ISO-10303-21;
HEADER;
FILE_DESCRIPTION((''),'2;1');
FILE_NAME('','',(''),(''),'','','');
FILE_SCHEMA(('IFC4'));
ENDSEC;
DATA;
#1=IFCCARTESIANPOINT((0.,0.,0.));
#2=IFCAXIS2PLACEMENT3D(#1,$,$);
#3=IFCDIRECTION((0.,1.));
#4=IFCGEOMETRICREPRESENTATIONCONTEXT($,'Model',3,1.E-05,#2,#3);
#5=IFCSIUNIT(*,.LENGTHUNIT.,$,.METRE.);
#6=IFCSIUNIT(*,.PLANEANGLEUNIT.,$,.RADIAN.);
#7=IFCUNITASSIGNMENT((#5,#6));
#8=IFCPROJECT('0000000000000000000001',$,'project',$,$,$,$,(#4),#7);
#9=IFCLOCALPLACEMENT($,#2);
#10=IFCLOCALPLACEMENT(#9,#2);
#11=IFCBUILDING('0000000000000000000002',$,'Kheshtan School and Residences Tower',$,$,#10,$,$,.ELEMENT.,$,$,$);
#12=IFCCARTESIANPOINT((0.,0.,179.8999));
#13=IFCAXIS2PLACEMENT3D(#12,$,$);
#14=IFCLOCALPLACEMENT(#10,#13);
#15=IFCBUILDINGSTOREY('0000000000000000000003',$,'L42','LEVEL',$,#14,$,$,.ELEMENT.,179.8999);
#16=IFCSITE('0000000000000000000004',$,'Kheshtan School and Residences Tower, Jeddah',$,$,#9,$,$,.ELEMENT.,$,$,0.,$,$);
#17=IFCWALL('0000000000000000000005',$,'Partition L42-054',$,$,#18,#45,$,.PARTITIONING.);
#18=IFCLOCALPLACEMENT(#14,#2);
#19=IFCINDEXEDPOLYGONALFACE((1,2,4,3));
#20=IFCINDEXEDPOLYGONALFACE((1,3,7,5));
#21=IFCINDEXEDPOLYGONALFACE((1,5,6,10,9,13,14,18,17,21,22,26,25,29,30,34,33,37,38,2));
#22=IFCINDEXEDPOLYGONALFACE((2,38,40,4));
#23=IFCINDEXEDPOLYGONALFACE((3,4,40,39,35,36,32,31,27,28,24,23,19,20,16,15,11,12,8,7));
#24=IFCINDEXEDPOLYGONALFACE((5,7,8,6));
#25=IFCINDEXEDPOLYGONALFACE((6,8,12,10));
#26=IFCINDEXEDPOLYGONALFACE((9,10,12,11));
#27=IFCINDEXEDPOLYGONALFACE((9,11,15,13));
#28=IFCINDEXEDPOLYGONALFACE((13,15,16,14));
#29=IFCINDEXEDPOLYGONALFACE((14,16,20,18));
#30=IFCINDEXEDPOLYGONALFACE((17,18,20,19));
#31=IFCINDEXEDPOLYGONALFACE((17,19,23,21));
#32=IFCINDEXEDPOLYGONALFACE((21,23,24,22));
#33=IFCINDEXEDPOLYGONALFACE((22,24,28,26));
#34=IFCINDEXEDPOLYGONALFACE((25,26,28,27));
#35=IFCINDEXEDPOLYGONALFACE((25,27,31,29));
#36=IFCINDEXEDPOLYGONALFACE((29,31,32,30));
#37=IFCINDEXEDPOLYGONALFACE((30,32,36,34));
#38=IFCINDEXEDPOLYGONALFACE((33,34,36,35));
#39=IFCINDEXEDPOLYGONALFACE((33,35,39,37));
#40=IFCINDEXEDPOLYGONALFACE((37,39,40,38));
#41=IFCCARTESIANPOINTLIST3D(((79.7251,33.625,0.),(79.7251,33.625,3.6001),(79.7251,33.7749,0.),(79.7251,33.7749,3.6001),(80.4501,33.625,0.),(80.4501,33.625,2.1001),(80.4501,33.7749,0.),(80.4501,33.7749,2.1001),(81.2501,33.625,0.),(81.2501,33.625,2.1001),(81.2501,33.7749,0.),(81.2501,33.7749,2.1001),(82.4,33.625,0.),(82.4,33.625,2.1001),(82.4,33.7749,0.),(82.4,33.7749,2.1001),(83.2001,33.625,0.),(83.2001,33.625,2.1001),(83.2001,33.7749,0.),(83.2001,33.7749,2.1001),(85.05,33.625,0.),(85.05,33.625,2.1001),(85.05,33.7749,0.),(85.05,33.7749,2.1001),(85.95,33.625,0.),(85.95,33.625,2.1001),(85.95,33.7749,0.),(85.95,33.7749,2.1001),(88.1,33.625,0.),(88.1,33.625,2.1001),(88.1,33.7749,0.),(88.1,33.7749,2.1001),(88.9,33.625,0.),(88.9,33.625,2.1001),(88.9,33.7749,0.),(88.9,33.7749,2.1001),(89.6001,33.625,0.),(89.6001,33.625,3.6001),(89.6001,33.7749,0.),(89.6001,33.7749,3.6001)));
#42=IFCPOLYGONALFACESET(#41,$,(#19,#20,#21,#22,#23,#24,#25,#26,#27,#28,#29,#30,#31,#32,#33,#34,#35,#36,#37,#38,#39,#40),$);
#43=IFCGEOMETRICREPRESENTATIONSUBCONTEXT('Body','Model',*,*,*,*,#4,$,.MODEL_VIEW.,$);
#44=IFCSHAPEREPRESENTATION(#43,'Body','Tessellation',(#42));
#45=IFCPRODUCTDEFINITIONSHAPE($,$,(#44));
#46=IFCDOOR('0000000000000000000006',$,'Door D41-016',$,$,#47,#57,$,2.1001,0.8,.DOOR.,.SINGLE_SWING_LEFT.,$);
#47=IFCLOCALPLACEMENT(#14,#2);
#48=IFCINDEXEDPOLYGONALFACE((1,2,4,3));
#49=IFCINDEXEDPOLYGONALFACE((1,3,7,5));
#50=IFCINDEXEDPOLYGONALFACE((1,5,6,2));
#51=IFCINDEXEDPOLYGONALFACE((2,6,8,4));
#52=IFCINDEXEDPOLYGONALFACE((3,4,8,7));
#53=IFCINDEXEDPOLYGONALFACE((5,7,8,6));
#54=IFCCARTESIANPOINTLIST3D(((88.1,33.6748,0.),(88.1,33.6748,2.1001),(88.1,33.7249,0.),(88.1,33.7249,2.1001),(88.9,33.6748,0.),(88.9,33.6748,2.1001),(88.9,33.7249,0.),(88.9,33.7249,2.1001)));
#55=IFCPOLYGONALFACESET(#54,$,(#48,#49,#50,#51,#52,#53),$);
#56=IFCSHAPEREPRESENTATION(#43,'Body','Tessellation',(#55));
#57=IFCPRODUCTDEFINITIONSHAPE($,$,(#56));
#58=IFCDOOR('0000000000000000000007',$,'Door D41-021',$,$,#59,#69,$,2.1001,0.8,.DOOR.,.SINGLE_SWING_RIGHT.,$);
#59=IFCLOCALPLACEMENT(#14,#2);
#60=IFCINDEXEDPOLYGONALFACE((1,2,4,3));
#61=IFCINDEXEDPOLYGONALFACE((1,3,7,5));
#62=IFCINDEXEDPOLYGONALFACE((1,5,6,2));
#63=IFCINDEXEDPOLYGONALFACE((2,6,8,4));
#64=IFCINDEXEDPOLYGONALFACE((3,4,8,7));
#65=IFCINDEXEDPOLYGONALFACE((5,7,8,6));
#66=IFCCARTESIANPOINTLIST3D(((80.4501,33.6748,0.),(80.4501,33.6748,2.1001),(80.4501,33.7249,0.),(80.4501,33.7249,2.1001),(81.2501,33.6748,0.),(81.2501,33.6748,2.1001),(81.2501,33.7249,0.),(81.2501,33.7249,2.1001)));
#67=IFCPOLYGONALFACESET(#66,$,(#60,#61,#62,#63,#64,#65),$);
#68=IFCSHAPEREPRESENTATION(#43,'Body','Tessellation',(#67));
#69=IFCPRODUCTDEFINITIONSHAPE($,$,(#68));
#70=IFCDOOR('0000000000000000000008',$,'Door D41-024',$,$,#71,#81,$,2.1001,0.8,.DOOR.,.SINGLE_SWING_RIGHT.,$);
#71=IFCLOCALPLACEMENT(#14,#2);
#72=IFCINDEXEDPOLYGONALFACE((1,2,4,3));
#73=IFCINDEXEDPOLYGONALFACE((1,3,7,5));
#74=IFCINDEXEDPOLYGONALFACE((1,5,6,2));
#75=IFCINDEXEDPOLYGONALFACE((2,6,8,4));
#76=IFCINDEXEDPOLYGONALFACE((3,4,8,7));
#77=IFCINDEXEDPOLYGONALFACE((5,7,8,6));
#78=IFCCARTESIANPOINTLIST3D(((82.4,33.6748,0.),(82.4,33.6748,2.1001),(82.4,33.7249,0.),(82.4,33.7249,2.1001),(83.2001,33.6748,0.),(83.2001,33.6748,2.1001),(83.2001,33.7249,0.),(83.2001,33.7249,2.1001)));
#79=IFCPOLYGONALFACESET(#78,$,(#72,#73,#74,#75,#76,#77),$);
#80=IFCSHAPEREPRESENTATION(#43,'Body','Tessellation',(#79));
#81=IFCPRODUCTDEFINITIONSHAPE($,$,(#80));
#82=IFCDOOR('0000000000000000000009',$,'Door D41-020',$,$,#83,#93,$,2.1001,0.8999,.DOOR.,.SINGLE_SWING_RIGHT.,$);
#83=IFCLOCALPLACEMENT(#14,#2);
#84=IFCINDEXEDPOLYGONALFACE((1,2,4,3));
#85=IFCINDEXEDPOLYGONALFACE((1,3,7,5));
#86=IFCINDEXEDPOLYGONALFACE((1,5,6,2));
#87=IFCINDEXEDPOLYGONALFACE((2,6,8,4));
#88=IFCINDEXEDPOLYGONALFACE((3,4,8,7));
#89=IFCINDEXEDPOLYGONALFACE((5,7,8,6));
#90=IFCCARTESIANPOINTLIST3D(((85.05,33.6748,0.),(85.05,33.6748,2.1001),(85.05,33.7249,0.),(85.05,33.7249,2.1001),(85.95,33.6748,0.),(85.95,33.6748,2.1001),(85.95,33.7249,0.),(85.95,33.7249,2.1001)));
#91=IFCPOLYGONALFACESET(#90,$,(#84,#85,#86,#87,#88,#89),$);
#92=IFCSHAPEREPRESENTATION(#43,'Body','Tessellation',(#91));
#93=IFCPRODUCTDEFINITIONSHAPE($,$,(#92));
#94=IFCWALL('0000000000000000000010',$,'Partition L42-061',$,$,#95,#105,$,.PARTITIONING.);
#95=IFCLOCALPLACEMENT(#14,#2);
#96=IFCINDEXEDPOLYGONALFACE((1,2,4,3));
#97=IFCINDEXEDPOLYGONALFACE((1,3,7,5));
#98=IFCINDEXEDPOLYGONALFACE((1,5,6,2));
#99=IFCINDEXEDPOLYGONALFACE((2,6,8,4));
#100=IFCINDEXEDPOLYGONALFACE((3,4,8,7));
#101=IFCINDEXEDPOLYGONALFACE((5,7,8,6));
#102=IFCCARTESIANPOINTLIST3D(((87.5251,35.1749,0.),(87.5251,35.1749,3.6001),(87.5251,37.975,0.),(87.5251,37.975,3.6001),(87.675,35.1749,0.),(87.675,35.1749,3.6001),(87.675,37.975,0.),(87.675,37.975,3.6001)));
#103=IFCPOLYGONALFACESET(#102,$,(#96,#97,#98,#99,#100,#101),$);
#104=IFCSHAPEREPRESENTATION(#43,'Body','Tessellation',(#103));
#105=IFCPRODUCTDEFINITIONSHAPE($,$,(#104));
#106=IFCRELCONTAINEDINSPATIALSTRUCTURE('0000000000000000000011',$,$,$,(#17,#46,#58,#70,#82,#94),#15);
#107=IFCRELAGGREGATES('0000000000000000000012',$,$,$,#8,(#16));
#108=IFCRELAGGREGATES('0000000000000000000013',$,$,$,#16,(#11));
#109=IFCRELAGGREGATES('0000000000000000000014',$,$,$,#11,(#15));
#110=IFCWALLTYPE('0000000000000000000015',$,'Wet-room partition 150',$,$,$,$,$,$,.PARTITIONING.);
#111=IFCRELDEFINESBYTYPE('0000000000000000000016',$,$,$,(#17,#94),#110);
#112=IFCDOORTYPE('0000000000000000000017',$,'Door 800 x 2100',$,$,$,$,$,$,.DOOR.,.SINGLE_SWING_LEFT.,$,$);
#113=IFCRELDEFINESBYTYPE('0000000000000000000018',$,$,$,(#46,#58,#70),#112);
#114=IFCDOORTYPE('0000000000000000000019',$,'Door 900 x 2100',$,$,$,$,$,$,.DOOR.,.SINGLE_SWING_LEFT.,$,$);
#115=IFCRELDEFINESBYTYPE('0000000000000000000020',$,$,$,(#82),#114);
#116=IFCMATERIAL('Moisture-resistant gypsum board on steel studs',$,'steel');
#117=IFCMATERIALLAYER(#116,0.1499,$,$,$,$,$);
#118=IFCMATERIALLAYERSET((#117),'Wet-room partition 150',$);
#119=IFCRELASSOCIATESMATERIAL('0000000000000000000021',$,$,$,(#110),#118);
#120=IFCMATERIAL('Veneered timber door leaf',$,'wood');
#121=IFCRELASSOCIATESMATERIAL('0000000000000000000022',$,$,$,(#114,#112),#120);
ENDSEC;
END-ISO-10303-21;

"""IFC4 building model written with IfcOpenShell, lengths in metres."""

from ifc_helpers import new_model, si_unit, direction, frame, frame_2d, origin, place, context, subcontext, project, spatial, rectangle, extrude, source, transform, mapped, material, layer, layer_set, type_object, element, fill, save


model = new_model("IFC4")

# Units and contexts
model_context = context("Model", 3, precision=1e-05, world=origin(), true_north=direction((0.0, 1.0)))
body_context = subcontext(model_context, "Body", "Model", "MODEL_VIEW")
ifc_project = project(units=[si_unit("LENGTHUNIT", "METRE"), si_unit("PLANEANGLEUNIT", "RADIAN")], contexts=[model_context])

# Site, building, storey
site_placement = place(None, origin())
site = spatial("IfcSite", under=ifc_project, at=site_placement, Name="Kheshtan School and Residences Tower, Jeddah", CompositionType="ELEMENT", RefElevation=0.0)
building_placement = place(site_placement, origin())
building = spatial("IfcBuilding", under=site, at=building_placement, Name="Kheshtan School and Residences Tower", CompositionType="ELEMENT")
storey_placement = place(building_placement, frame((0.0, 0.0, 179.8999)))
storey = spatial("IfcBuildingStorey", under=building, at=storey_placement, Name="L42", Description="LEVEL", CompositionType="ELEMENT", Elevation=179.8999)

# Wall, openings, doors
ifc_material_1 = material(Name="Moisture-resistant gypsum board on steel studs", Category="steel")
ifc_layer_1 = layer(ifc_material_1, 0.1499)
ifc_layer_set_1 = layer_set([ifc_layer_1], Name="Wet-room partition 150")
wall_type_1 = type_object("IfcWallType", Name="Wet-room partition 150", PredefinedType="PARTITIONING", material=ifc_layer_set_1)
ifc_material_2 = material(Name="Veneered timber door leaf", Category="wood")
door_type_1 = type_object("IfcDoorType", Name="Door 900 x 2100", OperationType="SINGLE_SWING_LEFT", PredefinedType="DOOR", material=ifc_material_2)
shared_shape_1 = source(origin(), body_context, "Body", "SweptSolid", [
    extrude(rectangle(XDim=0.8999, YDim=2.1001, at=frame_2d((0.45, 1.05))), frame((0.0, 0.0249, 0.0), z_axis=(0.0, -1.0, 0.0), x_axis=(1.0, 0.0, 0.0)), (0.0, 0.0, 1.0), 0.05),
])
wall_1_placement = place(storey_placement, frame((79.7251, 33.7, 0.0), z_axis=(0.0, 0.0, 1.0), x_axis=(1.0, 0.0, 0.0)))
wall_1 = element("IfcWall", 1, at=wall_1_placement, inside=storey, type_object=wall_type_1, Name="Partition L42-054", PredefinedType="PARTITIONING", context=body_context, shape_type="SweptSolid", body=[
    extrude(rectangle(XDim=9.875, YDim=0.1499, at=frame_2d((4.9375, 0.0))), origin(), (0.0, 0.0, 1.0), 3.6001),
])
opening_1_placement = place(wall_1_placement, frame((8.375, 0.0, 0.0)))
opening_1 = element("IfcOpeningElement", 2, at=opening_1_placement, cuts=wall_1, PredefinedType="OPENING", context=body_context, shape_type="SweptSolid", body=[
    extrude(rectangle(XDim=0.8, YDim=2.1001, at=frame_2d((0.3999, 1.05))), frame((0.0, 0.085, 0.0), z_axis=(0.0, -1.0, 0.0), x_axis=(1.0, 0.0, 0.0)), (0.0, 0.0, 1.0), 0.1699),
])
opening_2_placement = place(wall_1_placement, frame((5.325, 0.0, 0.0)))
opening_2 = element("IfcOpeningElement", 3, at=opening_2_placement, cuts=wall_1, PredefinedType="OPENING", context=body_context, shape_type="SweptSolid", body=[
    extrude(rectangle(XDim=0.8999, YDim=2.1001, at=frame_2d((0.45, 1.05))), frame((0.0, 0.085, 0.0), z_axis=(0.0, -1.0, 0.0), x_axis=(1.0, 0.0, 0.0)), (0.0, 0.0, 1.0), 0.1699),
])
opening_3_placement = place(wall_1_placement, frame((0.7251, 0.0, 0.0)))
opening_3 = element("IfcOpeningElement", 4, at=opening_3_placement, cuts=wall_1, PredefinedType="OPENING", context=body_context, shape_type="SweptSolid", body=[
    extrude(rectangle(XDim=0.8, YDim=2.1001, at=frame_2d((0.3999, 1.05))), frame((0.0, 0.085, 0.0), z_axis=(0.0, -1.0, 0.0), x_axis=(1.0, 0.0, 0.0)), (0.0, 0.0, 1.0), 0.1699),
])
opening_4_placement = place(wall_1_placement, frame((2.675, 0.0, 0.0)))
opening_4 = element("IfcOpeningElement", 5, at=opening_4_placement, cuts=wall_1, PredefinedType="OPENING", context=body_context, shape_type="SweptSolid", body=[
    extrude(rectangle(XDim=0.8, YDim=2.1001, at=frame_2d((0.3999, 1.05))), frame((0.0, 0.085, 0.0), z_axis=(0.0, -1.0, 0.0), x_axis=(1.0, 0.0, 0.0)), (0.0, 0.0, 1.0), 0.1699),
])
door_type_2 = type_object("IfcDoorType", Name="Door 800 x 2100", OperationType="SINGLE_SWING_LEFT", PredefinedType="DOOR", material=ifc_material_2)
shared_shape_2 = source(origin(), body_context, "Body", "SweptSolid", [
    extrude(rectangle(XDim=0.8, YDim=2.1001, at=frame_2d((0.3999, 1.05))), frame((0.0, 0.0249, 0.0), z_axis=(0.0, -1.0, 0.0), x_axis=(1.0, 0.0, 0.0)), (0.0, 0.0, 1.0), 0.05),
])
door_1_placement = place(opening_1_placement, origin())
door_1 = element("IfcDoor", 6, at=door_1_placement, inside=storey, type_object=door_type_2, Name="Door D41-016", OperationType="SINGLE_SWING_LEFT", OverallHeight=2.1001, OverallWidth=0.8, PredefinedType="DOOR", context=body_context, shape_type="MappedRepresentation", body=[
    mapped(shared_shape_2, transform((0.0, 0.0, 0.0), x_axis=(1.0, 0.0, 0.0), y_axis=(0.0, 1.0, 0.0), z_axis=(0.0, 0.0, 1.0), scale=1.0)),
])
fill(opening_1, door_1)
door_2_placement = place(opening_3_placement, origin())
door_2 = element("IfcDoor", 7, at=door_2_placement, inside=storey, type_object=door_type_2, Name="Door D41-021", OperationType="SINGLE_SWING_RIGHT", OverallHeight=2.1001, OverallWidth=0.8, PredefinedType="DOOR", context=body_context, shape_type="MappedRepresentation", body=[
    mapped(shared_shape_2, transform((0.0, 0.0, 0.0), x_axis=(1.0, 0.0, 0.0), y_axis=(0.0, 1.0, 0.0), z_axis=(0.0, 0.0, 1.0), scale=1.0)),
])
fill(opening_3, door_2)
door_3_placement = place(opening_4_placement, origin())
door_3 = element("IfcDoor", 8, at=door_3_placement, inside=storey, type_object=door_type_2, Name="Door D41-024", OperationType="SINGLE_SWING_RIGHT", OverallHeight=2.1001, OverallWidth=0.8, PredefinedType="DOOR", context=body_context, shape_type="MappedRepresentation", body=[
    mapped(shared_shape_2, transform((0.0, 0.0, 0.0), x_axis=(1.0, 0.0, 0.0), y_axis=(0.0, 1.0, 0.0), z_axis=(0.0, 0.0, 1.0), scale=1.0)),
])
fill(opening_4, door_3)
door_4_placement = place(opening_2_placement, origin())
door_4 = element("IfcDoor", 9, at=door_4_placement, inside=storey, type_object=door_type_1, Name="Door D41-020", OperationType="SINGLE_SWING_RIGHT", OverallHeight=2.1001, OverallWidth=0.8999, PredefinedType="DOOR", context=body_context, shape_type="MappedRepresentation", body=[
    mapped(shared_shape_1, transform((0.0, 0.0, 0.0), x_axis=(1.0, 0.0, 0.0), y_axis=(0.0, 1.0, 0.0), z_axis=(0.0, 0.0, 1.0), scale=1.0)),
])
fill(opening_2, door_4)

# Wall
wall_2_placement = place(storey_placement, frame((87.6001, 35.175, 0.0), z_axis=(0.0, 0.0, 1.0), x_axis=(0.0, 1.0, 0.0)))
element("IfcWall", 10, at=wall_2_placement, inside=storey, type_object=wall_type_1, Name="Partition L42-061", PredefinedType="PARTITIONING", context=body_context, shape_type="SweptSolid", body=[
    extrude(rectangle(XDim=2.8, YDim=0.1499, at=frame_2d((1.3999, 0.0))), origin(), (0.0, 0.0, 1.0), 3.6001),
])

save(model, "model.ifc")
